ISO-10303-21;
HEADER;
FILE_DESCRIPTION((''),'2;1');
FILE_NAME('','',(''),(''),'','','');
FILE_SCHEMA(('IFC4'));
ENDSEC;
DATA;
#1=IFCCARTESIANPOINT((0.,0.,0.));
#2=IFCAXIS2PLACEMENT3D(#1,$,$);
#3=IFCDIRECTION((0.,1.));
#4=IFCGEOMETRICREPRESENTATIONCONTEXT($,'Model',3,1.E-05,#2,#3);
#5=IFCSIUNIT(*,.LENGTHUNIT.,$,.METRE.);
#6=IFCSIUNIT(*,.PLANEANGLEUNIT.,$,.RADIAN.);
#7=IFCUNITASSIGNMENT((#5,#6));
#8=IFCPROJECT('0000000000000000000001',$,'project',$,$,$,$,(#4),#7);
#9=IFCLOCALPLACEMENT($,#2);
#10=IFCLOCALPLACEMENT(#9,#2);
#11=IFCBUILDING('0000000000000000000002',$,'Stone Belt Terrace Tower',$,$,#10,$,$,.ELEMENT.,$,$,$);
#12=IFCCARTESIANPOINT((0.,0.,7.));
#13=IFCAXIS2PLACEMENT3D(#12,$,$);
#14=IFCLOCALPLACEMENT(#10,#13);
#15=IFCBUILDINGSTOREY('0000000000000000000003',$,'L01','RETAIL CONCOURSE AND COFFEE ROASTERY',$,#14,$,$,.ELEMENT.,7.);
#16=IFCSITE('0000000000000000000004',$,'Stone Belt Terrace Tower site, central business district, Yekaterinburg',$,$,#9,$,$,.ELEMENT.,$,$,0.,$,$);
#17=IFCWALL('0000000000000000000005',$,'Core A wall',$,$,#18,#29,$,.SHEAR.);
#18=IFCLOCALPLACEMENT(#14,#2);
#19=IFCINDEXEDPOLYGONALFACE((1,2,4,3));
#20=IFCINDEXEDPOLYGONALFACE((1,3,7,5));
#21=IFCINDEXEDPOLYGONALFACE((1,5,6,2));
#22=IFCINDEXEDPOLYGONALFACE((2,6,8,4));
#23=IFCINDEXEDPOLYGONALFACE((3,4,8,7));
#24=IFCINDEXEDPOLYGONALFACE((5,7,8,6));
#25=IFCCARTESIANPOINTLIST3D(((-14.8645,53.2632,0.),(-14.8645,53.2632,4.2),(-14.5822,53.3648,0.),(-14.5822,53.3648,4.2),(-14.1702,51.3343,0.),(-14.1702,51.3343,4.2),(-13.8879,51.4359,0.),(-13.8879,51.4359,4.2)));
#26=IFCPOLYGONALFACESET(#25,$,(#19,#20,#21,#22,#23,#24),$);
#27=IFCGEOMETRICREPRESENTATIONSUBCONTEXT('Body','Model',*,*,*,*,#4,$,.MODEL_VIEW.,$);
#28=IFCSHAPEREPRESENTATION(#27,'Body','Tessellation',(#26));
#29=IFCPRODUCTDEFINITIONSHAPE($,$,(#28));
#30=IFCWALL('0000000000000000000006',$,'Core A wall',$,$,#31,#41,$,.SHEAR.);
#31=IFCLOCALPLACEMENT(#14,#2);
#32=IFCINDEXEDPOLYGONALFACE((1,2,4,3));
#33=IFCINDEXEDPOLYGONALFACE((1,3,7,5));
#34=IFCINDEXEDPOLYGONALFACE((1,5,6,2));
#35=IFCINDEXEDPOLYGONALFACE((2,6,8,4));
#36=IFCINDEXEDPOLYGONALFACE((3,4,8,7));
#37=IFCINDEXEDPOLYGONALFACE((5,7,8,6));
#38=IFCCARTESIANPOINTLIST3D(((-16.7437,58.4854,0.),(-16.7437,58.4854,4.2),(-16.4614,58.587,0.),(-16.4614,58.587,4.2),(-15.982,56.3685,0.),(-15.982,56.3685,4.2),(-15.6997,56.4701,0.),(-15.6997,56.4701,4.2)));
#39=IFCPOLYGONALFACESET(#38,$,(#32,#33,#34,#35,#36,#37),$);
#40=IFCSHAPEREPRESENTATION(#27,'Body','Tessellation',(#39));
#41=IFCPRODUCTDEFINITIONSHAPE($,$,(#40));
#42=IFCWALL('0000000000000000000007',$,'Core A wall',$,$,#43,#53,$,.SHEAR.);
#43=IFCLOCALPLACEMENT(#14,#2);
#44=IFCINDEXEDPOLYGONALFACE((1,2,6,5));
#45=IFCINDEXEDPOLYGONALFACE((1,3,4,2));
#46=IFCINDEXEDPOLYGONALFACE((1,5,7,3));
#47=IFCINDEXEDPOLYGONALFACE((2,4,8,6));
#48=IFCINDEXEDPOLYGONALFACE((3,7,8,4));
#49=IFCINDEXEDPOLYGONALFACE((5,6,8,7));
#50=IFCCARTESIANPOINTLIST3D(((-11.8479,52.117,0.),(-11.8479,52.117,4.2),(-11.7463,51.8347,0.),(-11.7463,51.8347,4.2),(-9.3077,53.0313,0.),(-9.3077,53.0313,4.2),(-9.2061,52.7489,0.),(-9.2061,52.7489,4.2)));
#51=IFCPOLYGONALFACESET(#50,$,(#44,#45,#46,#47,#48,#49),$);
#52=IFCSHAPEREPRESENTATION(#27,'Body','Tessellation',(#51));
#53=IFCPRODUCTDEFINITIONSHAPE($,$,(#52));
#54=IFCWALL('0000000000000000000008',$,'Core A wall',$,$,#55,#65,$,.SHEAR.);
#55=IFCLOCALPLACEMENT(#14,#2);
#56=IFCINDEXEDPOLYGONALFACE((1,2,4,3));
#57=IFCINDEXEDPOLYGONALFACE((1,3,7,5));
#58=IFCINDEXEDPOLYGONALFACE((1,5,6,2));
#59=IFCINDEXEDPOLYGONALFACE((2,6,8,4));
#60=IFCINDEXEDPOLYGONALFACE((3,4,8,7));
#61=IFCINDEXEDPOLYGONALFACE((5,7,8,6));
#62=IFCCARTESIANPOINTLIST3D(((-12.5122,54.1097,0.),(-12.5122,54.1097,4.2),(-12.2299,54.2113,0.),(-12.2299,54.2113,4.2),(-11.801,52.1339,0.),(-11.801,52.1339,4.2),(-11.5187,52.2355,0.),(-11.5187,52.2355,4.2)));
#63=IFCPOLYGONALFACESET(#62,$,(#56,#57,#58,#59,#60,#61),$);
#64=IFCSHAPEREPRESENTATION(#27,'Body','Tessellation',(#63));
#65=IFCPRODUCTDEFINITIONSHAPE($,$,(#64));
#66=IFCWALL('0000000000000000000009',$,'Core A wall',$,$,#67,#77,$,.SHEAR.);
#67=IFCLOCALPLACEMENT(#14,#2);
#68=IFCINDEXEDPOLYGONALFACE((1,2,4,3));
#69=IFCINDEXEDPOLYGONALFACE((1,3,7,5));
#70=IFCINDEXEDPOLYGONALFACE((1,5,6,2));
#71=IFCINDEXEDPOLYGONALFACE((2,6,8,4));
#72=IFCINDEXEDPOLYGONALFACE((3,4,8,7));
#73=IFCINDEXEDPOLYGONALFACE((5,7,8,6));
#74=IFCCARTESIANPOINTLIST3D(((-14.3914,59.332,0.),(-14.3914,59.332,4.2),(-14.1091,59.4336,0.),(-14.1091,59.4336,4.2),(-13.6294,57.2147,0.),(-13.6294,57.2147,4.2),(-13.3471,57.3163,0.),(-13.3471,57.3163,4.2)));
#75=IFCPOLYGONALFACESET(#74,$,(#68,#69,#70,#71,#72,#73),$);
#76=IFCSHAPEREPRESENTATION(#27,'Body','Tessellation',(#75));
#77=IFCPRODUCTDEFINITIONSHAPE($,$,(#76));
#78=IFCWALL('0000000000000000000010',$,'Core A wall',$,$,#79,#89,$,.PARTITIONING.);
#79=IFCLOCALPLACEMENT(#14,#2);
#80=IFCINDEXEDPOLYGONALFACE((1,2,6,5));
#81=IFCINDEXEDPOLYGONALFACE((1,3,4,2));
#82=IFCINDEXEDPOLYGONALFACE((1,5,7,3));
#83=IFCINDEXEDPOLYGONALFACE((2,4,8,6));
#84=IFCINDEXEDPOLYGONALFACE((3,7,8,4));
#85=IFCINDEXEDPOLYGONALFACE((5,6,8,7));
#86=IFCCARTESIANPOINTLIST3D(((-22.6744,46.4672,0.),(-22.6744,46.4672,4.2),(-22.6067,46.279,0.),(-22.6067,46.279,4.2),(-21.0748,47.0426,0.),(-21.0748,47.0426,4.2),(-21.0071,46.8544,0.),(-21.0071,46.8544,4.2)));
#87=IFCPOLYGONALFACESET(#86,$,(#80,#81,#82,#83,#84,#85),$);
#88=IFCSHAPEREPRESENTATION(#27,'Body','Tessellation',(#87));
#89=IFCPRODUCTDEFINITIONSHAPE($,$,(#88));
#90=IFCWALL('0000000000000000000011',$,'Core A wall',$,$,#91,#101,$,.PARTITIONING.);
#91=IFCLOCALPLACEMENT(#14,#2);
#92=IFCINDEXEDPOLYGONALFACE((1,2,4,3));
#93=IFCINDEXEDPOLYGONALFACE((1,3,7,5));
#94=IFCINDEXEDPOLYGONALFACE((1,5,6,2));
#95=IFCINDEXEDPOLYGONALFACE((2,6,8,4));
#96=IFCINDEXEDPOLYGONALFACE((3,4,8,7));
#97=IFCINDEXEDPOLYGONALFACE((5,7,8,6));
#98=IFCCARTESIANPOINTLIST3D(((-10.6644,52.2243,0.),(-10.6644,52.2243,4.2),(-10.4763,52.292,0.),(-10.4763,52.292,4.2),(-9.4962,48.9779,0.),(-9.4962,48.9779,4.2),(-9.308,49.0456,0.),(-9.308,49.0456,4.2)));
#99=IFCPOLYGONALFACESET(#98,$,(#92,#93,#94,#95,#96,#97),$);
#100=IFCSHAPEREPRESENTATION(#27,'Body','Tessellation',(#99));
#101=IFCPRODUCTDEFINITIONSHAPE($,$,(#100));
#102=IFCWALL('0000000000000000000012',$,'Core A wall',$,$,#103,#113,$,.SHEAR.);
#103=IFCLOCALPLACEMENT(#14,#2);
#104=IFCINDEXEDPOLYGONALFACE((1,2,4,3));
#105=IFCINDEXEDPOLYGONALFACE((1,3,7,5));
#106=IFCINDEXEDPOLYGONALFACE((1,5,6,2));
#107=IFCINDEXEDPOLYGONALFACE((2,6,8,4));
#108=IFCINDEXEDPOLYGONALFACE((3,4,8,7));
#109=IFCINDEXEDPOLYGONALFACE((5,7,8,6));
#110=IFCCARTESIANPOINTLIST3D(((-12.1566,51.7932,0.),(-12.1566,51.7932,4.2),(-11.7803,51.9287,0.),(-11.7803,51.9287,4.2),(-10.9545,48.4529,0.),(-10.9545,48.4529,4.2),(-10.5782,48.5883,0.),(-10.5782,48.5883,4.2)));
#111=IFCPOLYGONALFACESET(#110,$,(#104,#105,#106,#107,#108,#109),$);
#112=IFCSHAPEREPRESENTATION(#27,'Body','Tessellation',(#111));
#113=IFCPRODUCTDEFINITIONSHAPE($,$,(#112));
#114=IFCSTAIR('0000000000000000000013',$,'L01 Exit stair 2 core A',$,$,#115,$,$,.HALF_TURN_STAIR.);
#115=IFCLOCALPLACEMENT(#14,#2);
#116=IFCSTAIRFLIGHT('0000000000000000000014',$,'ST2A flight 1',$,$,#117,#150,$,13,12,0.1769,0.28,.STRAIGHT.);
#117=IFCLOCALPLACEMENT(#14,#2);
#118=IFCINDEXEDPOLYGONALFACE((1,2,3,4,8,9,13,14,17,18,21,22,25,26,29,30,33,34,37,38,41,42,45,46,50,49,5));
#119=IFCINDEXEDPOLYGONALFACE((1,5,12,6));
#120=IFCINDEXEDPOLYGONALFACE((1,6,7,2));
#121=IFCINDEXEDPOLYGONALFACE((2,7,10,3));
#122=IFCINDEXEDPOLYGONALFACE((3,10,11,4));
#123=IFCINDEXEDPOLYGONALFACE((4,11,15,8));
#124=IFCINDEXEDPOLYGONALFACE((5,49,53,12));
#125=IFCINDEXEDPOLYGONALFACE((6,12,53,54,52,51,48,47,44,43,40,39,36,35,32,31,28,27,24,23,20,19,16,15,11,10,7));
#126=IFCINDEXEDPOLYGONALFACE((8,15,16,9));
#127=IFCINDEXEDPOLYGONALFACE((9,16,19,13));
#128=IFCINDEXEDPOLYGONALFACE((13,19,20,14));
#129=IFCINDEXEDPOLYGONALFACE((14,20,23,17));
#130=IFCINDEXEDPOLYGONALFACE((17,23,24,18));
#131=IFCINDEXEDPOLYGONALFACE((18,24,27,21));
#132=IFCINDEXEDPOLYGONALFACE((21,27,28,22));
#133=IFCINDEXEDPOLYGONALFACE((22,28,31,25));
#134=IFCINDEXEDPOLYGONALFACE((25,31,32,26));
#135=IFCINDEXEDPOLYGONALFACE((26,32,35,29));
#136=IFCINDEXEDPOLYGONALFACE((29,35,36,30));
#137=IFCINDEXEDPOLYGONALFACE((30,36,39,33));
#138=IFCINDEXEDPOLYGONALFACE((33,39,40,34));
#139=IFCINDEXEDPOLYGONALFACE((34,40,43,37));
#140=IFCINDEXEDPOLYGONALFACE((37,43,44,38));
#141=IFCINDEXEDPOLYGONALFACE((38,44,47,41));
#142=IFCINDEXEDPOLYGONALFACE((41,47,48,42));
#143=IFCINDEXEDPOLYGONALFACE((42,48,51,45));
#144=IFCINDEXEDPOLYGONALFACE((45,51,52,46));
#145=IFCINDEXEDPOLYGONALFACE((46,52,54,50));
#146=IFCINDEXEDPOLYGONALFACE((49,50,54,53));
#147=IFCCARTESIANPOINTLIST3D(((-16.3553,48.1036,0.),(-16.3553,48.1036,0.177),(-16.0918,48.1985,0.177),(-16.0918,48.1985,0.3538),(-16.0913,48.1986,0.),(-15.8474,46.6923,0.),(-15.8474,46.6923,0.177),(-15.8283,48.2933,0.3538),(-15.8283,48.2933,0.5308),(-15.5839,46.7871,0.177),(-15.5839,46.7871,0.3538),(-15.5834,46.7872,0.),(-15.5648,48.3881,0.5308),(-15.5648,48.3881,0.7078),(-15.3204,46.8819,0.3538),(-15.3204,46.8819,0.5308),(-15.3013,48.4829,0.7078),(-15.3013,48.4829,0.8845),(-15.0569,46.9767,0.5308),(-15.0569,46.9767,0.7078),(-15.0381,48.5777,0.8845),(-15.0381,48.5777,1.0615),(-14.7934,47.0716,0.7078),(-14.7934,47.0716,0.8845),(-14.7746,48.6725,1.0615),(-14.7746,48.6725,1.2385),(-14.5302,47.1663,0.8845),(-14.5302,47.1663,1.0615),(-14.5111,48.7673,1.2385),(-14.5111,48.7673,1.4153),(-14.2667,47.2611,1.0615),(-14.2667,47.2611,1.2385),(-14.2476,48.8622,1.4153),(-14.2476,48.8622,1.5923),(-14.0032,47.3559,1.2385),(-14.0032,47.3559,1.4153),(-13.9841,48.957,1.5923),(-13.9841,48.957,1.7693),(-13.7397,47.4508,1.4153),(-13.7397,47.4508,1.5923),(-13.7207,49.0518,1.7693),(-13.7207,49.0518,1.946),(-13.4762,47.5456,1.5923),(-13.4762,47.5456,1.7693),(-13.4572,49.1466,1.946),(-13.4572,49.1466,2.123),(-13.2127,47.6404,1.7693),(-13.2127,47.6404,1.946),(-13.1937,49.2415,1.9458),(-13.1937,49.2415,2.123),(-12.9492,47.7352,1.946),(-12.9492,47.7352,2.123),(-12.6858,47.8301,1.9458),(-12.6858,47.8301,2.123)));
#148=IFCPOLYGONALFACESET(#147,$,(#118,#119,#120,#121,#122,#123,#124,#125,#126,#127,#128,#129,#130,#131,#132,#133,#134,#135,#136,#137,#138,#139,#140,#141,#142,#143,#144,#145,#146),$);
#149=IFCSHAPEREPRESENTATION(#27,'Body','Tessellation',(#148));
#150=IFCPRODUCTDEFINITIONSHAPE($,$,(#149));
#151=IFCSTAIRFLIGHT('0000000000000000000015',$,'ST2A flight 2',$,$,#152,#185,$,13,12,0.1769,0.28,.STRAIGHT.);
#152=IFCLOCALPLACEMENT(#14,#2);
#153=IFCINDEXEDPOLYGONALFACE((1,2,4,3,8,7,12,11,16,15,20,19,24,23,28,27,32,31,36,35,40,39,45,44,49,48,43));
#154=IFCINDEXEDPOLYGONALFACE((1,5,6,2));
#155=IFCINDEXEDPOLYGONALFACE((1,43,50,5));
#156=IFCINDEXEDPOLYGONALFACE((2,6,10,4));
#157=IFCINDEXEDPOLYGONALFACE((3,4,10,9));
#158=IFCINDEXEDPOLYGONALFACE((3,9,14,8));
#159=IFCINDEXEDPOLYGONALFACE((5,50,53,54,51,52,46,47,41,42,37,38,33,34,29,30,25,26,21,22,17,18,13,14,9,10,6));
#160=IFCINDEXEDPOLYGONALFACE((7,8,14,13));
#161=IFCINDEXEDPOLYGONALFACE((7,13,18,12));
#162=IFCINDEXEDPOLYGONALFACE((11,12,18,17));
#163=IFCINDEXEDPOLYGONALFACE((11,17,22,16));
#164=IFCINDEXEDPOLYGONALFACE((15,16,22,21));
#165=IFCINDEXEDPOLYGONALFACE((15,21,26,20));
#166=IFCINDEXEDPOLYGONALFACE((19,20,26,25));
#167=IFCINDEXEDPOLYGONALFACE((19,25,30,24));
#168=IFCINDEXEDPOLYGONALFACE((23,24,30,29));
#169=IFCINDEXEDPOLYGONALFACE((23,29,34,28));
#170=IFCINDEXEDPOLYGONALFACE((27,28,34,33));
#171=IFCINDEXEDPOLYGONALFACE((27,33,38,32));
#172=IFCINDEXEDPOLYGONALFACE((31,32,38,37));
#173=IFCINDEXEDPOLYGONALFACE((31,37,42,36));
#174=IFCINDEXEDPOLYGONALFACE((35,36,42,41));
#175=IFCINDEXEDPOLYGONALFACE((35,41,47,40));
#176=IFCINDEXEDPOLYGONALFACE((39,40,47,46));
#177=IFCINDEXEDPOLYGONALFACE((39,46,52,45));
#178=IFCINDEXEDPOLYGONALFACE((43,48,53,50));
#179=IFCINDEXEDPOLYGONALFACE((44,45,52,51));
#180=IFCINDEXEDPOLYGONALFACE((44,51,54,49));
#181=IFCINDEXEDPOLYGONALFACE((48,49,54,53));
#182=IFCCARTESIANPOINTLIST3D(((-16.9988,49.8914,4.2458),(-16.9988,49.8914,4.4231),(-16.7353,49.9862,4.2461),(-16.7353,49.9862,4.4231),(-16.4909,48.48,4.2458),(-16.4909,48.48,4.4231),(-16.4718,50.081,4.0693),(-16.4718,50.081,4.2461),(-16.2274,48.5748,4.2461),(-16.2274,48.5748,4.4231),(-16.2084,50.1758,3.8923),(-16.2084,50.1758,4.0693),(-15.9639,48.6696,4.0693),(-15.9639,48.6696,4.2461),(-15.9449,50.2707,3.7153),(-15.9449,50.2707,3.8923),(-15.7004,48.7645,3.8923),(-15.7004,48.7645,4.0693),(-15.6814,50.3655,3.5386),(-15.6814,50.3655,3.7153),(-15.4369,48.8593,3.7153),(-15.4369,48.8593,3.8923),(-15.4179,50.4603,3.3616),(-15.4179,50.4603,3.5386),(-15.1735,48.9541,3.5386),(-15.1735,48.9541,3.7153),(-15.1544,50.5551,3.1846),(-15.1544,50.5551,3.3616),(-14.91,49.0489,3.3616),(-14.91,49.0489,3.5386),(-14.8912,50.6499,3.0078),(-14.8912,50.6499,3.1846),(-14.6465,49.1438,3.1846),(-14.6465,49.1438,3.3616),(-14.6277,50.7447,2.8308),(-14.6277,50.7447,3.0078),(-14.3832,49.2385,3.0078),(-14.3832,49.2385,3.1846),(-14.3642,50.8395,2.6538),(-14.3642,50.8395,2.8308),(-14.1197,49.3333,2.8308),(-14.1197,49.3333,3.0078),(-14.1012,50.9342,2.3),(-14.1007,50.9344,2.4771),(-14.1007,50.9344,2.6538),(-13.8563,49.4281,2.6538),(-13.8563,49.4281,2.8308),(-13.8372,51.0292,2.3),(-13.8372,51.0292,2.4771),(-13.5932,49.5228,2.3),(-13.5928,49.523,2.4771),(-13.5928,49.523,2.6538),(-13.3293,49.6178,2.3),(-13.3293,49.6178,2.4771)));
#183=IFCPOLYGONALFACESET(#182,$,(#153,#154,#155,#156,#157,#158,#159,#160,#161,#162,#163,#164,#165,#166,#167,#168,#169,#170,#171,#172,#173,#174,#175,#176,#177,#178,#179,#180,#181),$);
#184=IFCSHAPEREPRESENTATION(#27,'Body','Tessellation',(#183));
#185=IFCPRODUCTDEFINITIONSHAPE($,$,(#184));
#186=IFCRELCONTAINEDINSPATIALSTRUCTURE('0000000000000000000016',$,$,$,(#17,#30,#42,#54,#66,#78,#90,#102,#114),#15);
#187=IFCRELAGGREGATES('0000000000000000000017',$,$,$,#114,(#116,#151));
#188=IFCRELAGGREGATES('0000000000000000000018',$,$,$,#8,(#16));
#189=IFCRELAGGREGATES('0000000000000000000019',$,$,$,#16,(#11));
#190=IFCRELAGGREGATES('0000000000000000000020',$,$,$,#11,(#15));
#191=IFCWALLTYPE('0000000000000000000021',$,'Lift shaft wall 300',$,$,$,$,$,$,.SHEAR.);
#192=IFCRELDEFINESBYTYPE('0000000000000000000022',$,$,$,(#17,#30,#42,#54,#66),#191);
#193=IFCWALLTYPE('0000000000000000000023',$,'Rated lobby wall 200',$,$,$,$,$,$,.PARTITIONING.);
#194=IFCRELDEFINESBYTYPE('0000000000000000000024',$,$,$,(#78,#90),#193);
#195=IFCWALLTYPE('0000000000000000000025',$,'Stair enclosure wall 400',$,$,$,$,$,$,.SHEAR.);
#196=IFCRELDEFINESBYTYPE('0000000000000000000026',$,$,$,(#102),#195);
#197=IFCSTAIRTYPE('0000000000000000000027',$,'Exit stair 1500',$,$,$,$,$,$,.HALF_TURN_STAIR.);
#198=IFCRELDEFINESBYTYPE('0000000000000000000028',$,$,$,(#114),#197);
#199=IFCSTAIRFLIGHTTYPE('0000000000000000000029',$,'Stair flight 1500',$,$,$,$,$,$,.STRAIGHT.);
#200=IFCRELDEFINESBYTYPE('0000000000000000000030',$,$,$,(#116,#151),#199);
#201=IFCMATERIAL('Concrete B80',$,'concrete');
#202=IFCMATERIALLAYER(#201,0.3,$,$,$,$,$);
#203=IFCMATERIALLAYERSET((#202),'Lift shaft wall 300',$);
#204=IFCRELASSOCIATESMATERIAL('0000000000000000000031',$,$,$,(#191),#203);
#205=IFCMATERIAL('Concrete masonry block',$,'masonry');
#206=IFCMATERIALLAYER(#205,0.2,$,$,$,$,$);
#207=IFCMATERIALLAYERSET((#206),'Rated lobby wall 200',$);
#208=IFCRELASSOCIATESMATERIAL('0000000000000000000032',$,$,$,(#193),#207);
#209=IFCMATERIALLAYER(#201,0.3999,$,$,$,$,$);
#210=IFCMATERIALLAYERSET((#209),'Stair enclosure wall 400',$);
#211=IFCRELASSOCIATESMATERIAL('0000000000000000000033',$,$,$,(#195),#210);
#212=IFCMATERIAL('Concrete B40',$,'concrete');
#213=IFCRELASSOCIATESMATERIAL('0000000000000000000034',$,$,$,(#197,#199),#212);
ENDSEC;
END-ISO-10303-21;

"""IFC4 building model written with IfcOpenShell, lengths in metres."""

from ifc_helpers import new_model, si_unit, direction, frame, frame_2d, origin, place, context, subcontext, project, spatial, polyline, rectangle, outline, extrude, material, layer, layer_set, type_object, element, aggregate, save


model = new_model("IFC4")

# Units and contexts
model_context = context("Model", 3, precision=1e-05, world=origin(), true_north=direction((0.0, 1.0)))
body_context = subcontext(model_context, "Body", "Model", "MODEL_VIEW")
ifc_project = project(units=[si_unit("LENGTHUNIT", "METRE"), si_unit("PLANEANGLEUNIT", "RADIAN")], contexts=[model_context])

# Site, building, storey
site_placement = place(None, origin())
site = spatial("IfcSite", under=ifc_project, at=site_placement, Name="Stone Belt Terrace Tower site, central business district, Yekaterinburg", CompositionType="ELEMENT", RefElevation=0.0)
building_placement = place(site_placement, origin())
building = spatial("IfcBuilding", under=site, at=building_placement, Name="Stone Belt Terrace Tower", CompositionType="ELEMENT")
storey_placement = place(building_placement, frame((0.0, 0.0, 7.0)))
storey = spatial("IfcBuildingStorey", under=building, at=storey_placement, Name="L01", Description="RETAIL CONCOURSE AND COFFEE ROASTERY", CompositionType="ELEMENT", Elevation=7.0)

# Shared definitions
ifc_material_1 = material(Name="Concrete B80", Category="concrete")

# Walls
ifc_layer_1 = layer(ifc_material_1, 0.3)
ifc_layer_set_1 = layer_set([ifc_layer_1], Name="Lift shaft wall 300")
wall_type_1 = type_object("IfcWallType", Name="Lift shaft wall 300", PredefinedType="SHEAR", material=ifc_layer_set_1)
wall_1_placement = place(storey_placement, frame((-14.0291, 51.3853, 0.0), z_axis=(0.0, 0.0, 1.0), x_axis=(-0.338682, 0.940901, 0.0)))
element("IfcWall", 1, at=wall_1_placement, inside=storey, type_object=wall_type_1, Name="Core A wall", PredefinedType="SHEAR", context=body_context, shape_type="SweptSolid", body=[
    extrude(rectangle(XDim=2.05, YDim=0.3, at=frame_2d((1.0249, 0.0))), origin(), (0.0, 0.0, 1.0), 4.2),
])
wall_2_placement = place(storey_placement, frame((-15.8408, 56.4192, 0.0), z_axis=(0.0, 0.0, 1.0), x_axis=(-0.33857, 0.940941, 0.0)))
element("IfcWall", 2, at=wall_2_placement, inside=storey, type_object=wall_type_1, Name="Core A wall", PredefinedType="SHEAR", context=body_context, shape_type="SweptSolid", body=[
    extrude(rectangle(XDim=2.2498, YDim=0.3, at=frame_2d((1.125, 0.0))), origin(), (0.0, 0.0, 1.0), 4.2),
])
wall_3_placement = place(storey_placement, frame((-11.7971, 51.9758, 0.0), z_axis=(0.0, 0.0, 1.0), x_axis=(0.94091, 0.338655, 0.0)))
element("IfcWall", 3, at=wall_3_placement, inside=storey, type_object=wall_type_1, Name="Core A wall", PredefinedType="SHEAR", context=body_context, shape_type="SweptSolid", body=[
    extrude(rectangle(XDim=2.6997, YDim=0.3, at=frame_2d((1.3499, 0.0))), origin(), (0.0, 0.0, 1.0), 4.2),
])
wall_4_placement = place(storey_placement, frame((-11.6599, 52.1848, 0.0), z_axis=(0.0, 0.0, 1.0), x_axis=(-0.33867, 0.940905, 0.0)))
element("IfcWall", 4, at=wall_4_placement, inside=storey, type_object=wall_type_1, Name="Core A wall", PredefinedType="SHEAR", context=body_context, shape_type="SweptSolid", body=[
    extrude(rectangle(XDim=2.0999, YDim=0.3, at=frame_2d((1.0498, 0.0))), origin(), (0.0, 0.0, 1.0), 4.2),
])
wall_5_placement = place(storey_placement, frame((-13.4883, 57.2656, 0.0), z_axis=(0.0, 0.0, 1.0), x_axis=(-0.338631, 0.940919, 0.0)))
element("IfcWall", 5, at=wall_5_placement, inside=storey, type_object=wall_type_1, Name="Core A wall", PredefinedType="SHEAR", context=body_context, shape_type="SweptSolid", body=[
    extrude(rectangle(XDim=2.2502, YDim=0.3, at=frame_2d((1.125, 0.0))), origin(), (0.0, 0.0, 1.0), 4.2),
])
ifc_material_2 = material(Name="Concrete masonry block", Category="masonry")
ifc_layer_2 = layer(ifc_material_2, 0.2)
ifc_layer_set_2 = layer_set([ifc_layer_2], Name="Rated lobby wall 200")
wall_type_2 = type_object("IfcWallType", Name="Rated lobby wall 200", PredefinedType="PARTITIONING", material=ifc_layer_set_2)
wall_6_placement = place(storey_placement, frame((-22.6406, 46.373, 0.0), z_axis=(0.0, 0.0, 1.0), x_axis=(0.940966, 0.338501, 0.0)))
element("IfcWall", 6, at=wall_6_placement, inside=storey, type_object=wall_type_2, Name="Core A wall", PredefinedType="PARTITIONING", context=body_context, shape_type="SweptSolid", body=[
    extrude(rectangle(XDim=1.7, YDim=0.2, at=frame_2d((0.8501, 0.0))), origin(), (0.0, 0.0, 1.0), 4.2),
])
wall_7_placement = place(storey_placement, frame((-9.4021, 49.0117, 0.0), z_axis=(0.0, 0.0, 1.0), x_axis=(-0.338599, 0.940931, 0.0)))
element("IfcWall", 7, at=wall_7_placement, inside=storey, type_object=wall_type_2, Name="Core A wall", PredefinedType="PARTITIONING", context=body_context, shape_type="SweptSolid", body=[
    extrude(rectangle(XDim=3.4502, YDim=0.2, at=frame_2d((1.7251, 0.0))), origin(), (0.0, 0.0, 1.0), 4.2),
])
ifc_layer_3 = layer(ifc_material_1, 0.3999)
ifc_layer_set_3 = layer_set([ifc_layer_3], Name="Stair enclosure wall 400")
wall_type_3 = type_object("IfcWallType", Name="Stair enclosure wall 400", PredefinedType="SHEAR", material=ifc_layer_set_3)
wall_8_placement = place(storey_placement, frame((-10.7664, 48.5208, 0.0), z_axis=(0.0, 0.0, 1.0), x_axis=(-0.338627, 0.940921, 0.0)))
element("IfcWall", 8, at=wall_8_placement, inside=storey, type_object=wall_type_3, Name="Core A wall", PredefinedType="SHEAR", context=body_context, shape_type="SweptSolid", body=[
    extrude(rectangle(XDim=3.55, YDim=0.3999, at=frame_2d((1.7749, 0.0))), origin(), (0.0, 0.0, 1.0), 4.2),
])

# Stair, stair flights
ifc_material_3 = material(Name="Concrete B40", Category="concrete")
stair_type = type_object("IfcStairType", Name="Exit stair 1500", PredefinedType="HALF_TURN_STAIR", material=ifc_material_3)
stair_placement = place(storey_placement, origin())
stair = element("IfcStair", 9, at=stair_placement, inside=storey, type_object=stair_type, Name="L01 Exit stair 2 core A", PredefinedType="HALF_TURN_STAIR")
stair_flight_type = type_object("IfcStairFlightType", Name="Stair flight 1500", PredefinedType="STRAIGHT", material=ifc_material_3)
stair_flight_1_placement = place(storey_placement, frame((-16.1013, 47.3979, 0.0), z_axis=(0.0, 0.0, 1.0), x_axis=(0.940922, 0.338624, 0.0)))
stair_flight_1 = element("IfcStairFlight", 10, at=stair_flight_1_placement, type_object=stair_flight_type, Name="ST2A flight 1", NumberOfRisers=13, NumberOfTreads=12, PredefinedType="STRAIGHT", RiserHeight=0.1769, TreadLength=0.28, context=body_context, shape_type="SweptSolid", body=[
    extrude(outline(polyline([(0.0, 0.0), (0.0, 0.177), (0.28, 0.177), (0.28, 0.3538), (0.5601, 0.3538), (0.5601, 0.5308), (0.8401, 0.5308), (0.8401, 0.7078), (1.1201, 0.7078), (1.1201, 0.8845), (1.3999, 0.8845), (1.3999, 1.0615), (1.6799, 1.0615), (1.6799, 1.2385), (1.96, 1.2385), (1.96, 1.4153), (2.24, 1.4153), (2.24, 1.5923), (2.52, 1.5923), (2.52, 1.7693), (2.8, 1.7693), (2.8, 1.946), (3.0801, 1.946), (3.0801, 2.123), (3.3601, 2.123), (3.3601, 2.3), (3.3601, 1.9458), (0.2805, 0.0), (0.0, 0.0)])), frame((0.0, 0.75, 0.0), z_axis=(0.0, -1.0, 0.0), x_axis=(1.0, 0.0, 0.0)), (0.0, 0.0, 1.0), 1.5),
])
stair_flight_2_placement = place(storey_placement, frame((-13.5833, 50.3235, 2.3), z_axis=(0.0, 0.0, 1.0), x_axis=(-0.940922, -0.338624, 0.0)))
stair_flight_2 = element("IfcStairFlight", 11, at=stair_flight_2_placement, type_object=stair_flight_type, Name="ST2A flight 2", NumberOfRisers=13, NumberOfTreads=12, PredefinedType="STRAIGHT", RiserHeight=0.1769, TreadLength=0.28, context=body_context, shape_type="SweptSolid", body=[
    extrude(outline(polyline([(0.0, 0.0), (0.0, 0.177), (0.28, 0.177), (0.28, 0.3538), (0.5601, 0.3538), (0.5601, 0.5308), (0.8401, 0.5308), (0.8401, 0.7078), (1.1201, 0.7078), (1.1201, 0.8845), (1.3999, 0.8845), (1.3999, 1.0615), (1.6799, 1.0615), (1.6799, 1.2385), (1.96, 1.2385), (1.96, 1.4153), (2.24, 1.4153), (2.24, 1.5923), (2.52, 1.5923), (2.52, 1.7693), (2.8, 1.7693), (2.8, 1.946), (3.0801, 1.946), (3.0801, 2.123), (3.3601, 2.123), (3.3601, 2.3), (3.3601, 1.9458), (0.2805, 0.0), (0.0, 0.0)])), frame((0.0, 0.75, 0.0), z_axis=(0.0, -1.0, 0.0), x_axis=(1.0, 0.0, 0.0)), (0.0, 0.0, 1.0), 1.5),
])
aggregate(stair, [stair_flight_1, stair_flight_2])

save(model, "model.ifc")
